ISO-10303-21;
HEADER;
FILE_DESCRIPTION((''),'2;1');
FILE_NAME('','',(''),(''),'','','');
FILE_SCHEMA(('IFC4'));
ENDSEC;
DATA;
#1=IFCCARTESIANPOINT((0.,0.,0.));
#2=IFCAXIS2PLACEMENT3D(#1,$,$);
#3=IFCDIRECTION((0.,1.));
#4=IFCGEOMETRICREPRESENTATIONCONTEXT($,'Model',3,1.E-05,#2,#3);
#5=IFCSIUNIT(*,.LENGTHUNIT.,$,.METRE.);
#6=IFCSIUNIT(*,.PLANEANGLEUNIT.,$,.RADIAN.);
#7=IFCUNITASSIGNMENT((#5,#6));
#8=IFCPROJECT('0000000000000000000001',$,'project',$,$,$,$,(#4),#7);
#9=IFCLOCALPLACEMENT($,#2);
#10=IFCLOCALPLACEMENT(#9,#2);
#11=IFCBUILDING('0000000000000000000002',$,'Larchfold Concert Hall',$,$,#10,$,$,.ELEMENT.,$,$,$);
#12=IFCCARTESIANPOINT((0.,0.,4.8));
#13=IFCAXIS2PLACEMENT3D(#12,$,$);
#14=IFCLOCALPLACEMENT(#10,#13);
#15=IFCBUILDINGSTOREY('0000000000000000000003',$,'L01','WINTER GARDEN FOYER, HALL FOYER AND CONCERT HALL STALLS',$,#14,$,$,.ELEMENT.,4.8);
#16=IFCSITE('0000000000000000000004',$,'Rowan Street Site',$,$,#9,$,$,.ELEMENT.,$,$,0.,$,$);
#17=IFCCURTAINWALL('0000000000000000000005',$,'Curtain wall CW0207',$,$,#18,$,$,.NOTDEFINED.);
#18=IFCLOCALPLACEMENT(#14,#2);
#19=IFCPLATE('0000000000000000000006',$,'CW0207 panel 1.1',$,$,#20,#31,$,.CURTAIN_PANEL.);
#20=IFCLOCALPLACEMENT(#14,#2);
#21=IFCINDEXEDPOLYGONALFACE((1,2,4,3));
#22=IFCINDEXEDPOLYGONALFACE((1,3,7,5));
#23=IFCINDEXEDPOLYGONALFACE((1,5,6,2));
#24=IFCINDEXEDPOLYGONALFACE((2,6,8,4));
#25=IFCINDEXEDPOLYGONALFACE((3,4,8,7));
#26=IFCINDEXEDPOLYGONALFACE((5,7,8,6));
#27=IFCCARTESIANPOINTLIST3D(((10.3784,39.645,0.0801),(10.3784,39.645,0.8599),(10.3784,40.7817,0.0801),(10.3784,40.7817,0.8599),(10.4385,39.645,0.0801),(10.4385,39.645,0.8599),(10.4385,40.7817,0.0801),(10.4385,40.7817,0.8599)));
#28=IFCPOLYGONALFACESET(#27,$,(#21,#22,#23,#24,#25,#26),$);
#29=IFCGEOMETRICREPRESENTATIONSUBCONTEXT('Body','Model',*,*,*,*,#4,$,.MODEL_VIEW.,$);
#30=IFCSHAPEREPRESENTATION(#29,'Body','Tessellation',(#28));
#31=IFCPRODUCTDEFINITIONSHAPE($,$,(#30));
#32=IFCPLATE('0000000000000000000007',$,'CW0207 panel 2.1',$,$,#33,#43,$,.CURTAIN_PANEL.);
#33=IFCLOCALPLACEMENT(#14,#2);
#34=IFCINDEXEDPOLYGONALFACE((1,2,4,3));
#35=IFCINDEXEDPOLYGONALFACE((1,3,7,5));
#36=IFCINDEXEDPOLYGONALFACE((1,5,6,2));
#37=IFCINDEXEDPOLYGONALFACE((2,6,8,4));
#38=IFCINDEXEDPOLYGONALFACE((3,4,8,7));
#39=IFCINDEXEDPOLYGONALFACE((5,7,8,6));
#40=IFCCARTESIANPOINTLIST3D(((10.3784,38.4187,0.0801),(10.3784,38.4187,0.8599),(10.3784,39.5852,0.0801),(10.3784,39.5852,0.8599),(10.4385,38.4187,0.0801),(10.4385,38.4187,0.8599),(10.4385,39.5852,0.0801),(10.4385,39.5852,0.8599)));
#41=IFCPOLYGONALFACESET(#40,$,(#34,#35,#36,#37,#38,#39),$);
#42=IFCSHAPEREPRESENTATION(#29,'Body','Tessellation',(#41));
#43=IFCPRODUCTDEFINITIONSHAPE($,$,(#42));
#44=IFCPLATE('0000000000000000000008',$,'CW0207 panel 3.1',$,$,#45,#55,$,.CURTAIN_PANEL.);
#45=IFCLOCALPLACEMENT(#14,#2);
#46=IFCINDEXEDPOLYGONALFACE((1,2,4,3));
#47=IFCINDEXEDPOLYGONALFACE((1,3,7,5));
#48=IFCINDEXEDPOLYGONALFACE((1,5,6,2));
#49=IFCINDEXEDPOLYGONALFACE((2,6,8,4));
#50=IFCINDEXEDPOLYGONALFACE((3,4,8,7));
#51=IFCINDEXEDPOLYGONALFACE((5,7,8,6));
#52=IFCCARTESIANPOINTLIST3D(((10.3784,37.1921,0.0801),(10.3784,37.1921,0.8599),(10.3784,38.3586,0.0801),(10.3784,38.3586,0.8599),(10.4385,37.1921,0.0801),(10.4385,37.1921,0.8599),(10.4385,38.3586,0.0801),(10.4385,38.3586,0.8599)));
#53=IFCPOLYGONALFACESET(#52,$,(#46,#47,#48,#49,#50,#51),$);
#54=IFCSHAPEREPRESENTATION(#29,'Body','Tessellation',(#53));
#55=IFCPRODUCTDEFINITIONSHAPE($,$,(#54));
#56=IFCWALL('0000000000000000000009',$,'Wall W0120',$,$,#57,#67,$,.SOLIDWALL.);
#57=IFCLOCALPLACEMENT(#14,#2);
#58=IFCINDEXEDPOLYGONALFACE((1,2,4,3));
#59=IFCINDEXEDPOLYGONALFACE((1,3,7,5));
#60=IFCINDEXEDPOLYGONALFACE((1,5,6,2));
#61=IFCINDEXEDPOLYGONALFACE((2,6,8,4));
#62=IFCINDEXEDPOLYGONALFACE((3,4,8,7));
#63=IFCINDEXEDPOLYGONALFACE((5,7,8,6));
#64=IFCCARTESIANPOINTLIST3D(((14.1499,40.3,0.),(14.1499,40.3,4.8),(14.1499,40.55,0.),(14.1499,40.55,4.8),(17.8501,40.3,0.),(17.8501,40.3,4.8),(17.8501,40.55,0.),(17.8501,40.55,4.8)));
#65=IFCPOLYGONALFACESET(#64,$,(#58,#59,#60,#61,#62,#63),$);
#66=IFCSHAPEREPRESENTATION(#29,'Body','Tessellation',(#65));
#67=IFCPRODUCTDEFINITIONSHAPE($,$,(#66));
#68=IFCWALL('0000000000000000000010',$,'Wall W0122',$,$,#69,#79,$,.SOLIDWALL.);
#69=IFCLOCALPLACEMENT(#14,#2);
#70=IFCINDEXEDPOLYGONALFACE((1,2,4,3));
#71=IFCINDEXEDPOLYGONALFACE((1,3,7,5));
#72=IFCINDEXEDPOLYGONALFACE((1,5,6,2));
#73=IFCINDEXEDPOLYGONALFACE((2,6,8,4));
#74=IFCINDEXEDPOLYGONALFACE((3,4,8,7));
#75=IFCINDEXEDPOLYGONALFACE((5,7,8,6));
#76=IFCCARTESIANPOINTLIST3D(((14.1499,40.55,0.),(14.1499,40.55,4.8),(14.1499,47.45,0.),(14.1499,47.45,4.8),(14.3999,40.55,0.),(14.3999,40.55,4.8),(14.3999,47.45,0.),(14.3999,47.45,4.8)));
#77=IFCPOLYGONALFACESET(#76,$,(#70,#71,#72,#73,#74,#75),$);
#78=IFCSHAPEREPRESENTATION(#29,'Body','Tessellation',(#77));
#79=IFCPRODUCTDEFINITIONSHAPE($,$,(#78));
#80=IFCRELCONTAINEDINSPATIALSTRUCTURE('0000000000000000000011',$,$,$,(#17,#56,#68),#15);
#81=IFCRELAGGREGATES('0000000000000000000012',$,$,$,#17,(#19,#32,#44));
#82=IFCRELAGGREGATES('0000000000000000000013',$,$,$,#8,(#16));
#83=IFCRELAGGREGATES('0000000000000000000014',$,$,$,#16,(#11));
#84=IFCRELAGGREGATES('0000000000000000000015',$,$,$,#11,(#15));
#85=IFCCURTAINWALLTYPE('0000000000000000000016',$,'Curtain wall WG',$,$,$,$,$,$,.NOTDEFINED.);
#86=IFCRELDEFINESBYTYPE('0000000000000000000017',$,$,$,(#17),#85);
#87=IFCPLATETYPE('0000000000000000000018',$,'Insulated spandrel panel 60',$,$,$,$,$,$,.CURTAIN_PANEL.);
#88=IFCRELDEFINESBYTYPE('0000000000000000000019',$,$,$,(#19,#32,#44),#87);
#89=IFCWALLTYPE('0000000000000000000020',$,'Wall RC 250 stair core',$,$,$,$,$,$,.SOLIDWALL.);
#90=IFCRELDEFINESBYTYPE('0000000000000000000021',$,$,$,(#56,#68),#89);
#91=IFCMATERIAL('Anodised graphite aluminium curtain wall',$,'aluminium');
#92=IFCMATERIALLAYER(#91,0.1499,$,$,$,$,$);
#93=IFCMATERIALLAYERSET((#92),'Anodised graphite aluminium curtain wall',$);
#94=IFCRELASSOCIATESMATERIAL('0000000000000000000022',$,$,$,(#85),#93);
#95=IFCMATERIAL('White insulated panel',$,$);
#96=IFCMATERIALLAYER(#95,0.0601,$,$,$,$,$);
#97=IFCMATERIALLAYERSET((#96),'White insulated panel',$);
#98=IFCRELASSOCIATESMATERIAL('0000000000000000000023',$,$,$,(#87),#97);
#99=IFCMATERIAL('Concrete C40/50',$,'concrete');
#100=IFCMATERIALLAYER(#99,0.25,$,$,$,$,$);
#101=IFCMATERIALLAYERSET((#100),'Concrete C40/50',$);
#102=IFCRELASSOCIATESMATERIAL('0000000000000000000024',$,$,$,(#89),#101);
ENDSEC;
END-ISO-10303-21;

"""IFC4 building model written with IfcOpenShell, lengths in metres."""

from ifc_helpers import new_model, si_unit, direction, frame, frame_2d, origin, origin_2d, place, context, subcontext, project, spatial, rectangle, extrude, material, layer, layer_set, type_object, element, aggregate, save


model = new_model("IFC4")

# Units and contexts
model_context = context("Model", 3, precision=1e-05, world=origin(), true_north=direction((0.0, 1.0)))
body_context = subcontext(model_context, "Body", "Model", "MODEL_VIEW")
ifc_project = project(units=[si_unit("LENGTHUNIT", "METRE"), si_unit("PLANEANGLEUNIT", "RADIAN")], contexts=[model_context])

# Site, building, storey
site_placement = place(None, origin())
site = spatial("IfcSite", under=ifc_project, at=site_placement, Name="Rowan Street Site", CompositionType="ELEMENT", RefElevation=0.0)
building_placement = place(site_placement, origin())
building = spatial("IfcBuilding", under=site, at=building_placement, Name="Larchfold Concert Hall", CompositionType="ELEMENT")
storey_placement = place(building_placement, frame((0.0, 0.0, 4.8)))
storey = spatial("IfcBuildingStorey", under=building, at=storey_placement, Name="L01", Description="WINTER GARDEN FOYER, HALL FOYER AND CONCERT HALL STALLS", CompositionType="ELEMENT", Elevation=4.8)

# Shared definitions
ifc_material_1 = material(Name="Anodised graphite aluminium curtain wall", Category="aluminium")
ifc_layer_1 = layer(ifc_material_1, 0.1499)
ifc_layer_set_1 = layer_set([ifc_layer_1], Name="Anodised graphite aluminium curtain wall")
curtain_wall_type = type_object("IfcCurtainWallType", Name="Curtain wall WG", PredefinedType="NOTDEFINED", material=ifc_layer_set_1)

# Curtain wall
curtain_wall_1_placement = place(storey_placement, origin())
curtain_wall_1 = element("IfcCurtainWall", 1, at=curtain_wall_1_placement, inside=storey, type_object=curtain_wall_type, Name="Curtain wall CW0207", PredefinedType="NOTDEFINED")

# Plates
ifc_material_2 = material(Name="White insulated panel")
ifc_layer_2 = layer(ifc_material_2, 0.0601)
ifc_layer_set_2 = layer_set([ifc_layer_2], Name="White insulated panel")
plate_type_1 = type_object("IfcPlateType", Name="Insulated spandrel panel 60", PredefinedType="CURTAIN_PANEL", material=ifc_layer_set_2)
plate_1_placement = place(storey_placement, frame((10.4084, 40.2134, 0.0801), z_axis=(0.0, 0.0, 1.0), x_axis=(0.0, -1.0, 0.0)))
plate_1 = element("IfcPlate", 2, at=plate_1_placement, type_object=plate_type_1, Name="CW0207 panel 1.1", PredefinedType="CURTAIN_PANEL", context=body_context, shape_type="SweptSolid", body=[
    extrude(rectangle(XDim=1.1367, YDim=0.0601, at=origin_2d()), origin(), (0.0, 0.0, 1.0), 0.7798),
])
plate_2_placement = place(storey_placement, frame((10.4084, 39.002, 0.0801), z_axis=(0.0, 0.0, 1.0), x_axis=(0.0, -1.0, 0.0)))
plate_2 = element("IfcPlate", 3, at=plate_2_placement, type_object=plate_type_1, Name="CW0207 panel 2.1", PredefinedType="CURTAIN_PANEL", context=body_context, shape_type="SweptSolid", body=[
    extrude(rectangle(XDim=1.1665, YDim=0.0601, at=origin_2d()), origin(), (0.0, 0.0, 1.0), 0.7798),
])
plate_3_placement = place(storey_placement, frame((10.4084, 37.7754, 0.0801), z_axis=(0.0, 0.0, 1.0), x_axis=(0.0, -1.0, 0.0)))
plate_3 = element("IfcPlate", 4, at=plate_3_placement, type_object=plate_type_1, Name="CW0207 panel 3.1", PredefinedType="CURTAIN_PANEL", context=body_context, shape_type="SweptSolid", body=[
    extrude(rectangle(XDim=1.1665, YDim=0.0601, at=origin_2d()), origin(), (0.0, 0.0, 1.0), 0.7798),
])
aggregate(curtain_wall_1, [plate_1, plate_2, plate_3])

# Walls
ifc_material_3 = material(Name="Concrete C40/50", Category="concrete")
ifc_layer_3 = layer(ifc_material_3, 0.25)
ifc_layer_set_3 = layer_set([ifc_layer_3], Name="Concrete C40/50")
wall_type = type_object("IfcWallType", Name="Wall RC 250 stair core", PredefinedType="SOLIDWALL", material=ifc_layer_set_3)
wall_1_placement = place(storey_placement, frame((14.1499, 40.425, 0.0), z_axis=(0.0, 0.0, 1.0), x_axis=(1.0, 0.0, 0.0)))
element("IfcWall", 5, at=wall_1_placement, inside=storey, type_object=wall_type, Name="Wall W0120", PredefinedType="SOLIDWALL", context=body_context, shape_type="SweptSolid", body=[
    extrude(rectangle(XDim=3.7002, YDim=0.25, at=frame_2d((1.8501, 0.0))), origin(), (0.0, 0.0, 1.0), 4.8),
])
wall_2_placement = place(storey_placement, frame((14.2749, 40.55, 0.0), z_axis=(0.0, 0.0, 1.0), x_axis=(0.0, 1.0, 0.0)))
element("IfcWall", 6, at=wall_2_placement, inside=storey, type_object=wall_type, Name="Wall W0122", PredefinedType="SOLIDWALL", context=body_context, shape_type="SweptSolid", body=[
    extrude(rectangle(XDim=6.8999, YDim=0.25, at=frame_2d((3.45, 0.0))), origin(), (0.0, 0.0, 1.0), 4.8),
])

save(model, "model.ifc")
